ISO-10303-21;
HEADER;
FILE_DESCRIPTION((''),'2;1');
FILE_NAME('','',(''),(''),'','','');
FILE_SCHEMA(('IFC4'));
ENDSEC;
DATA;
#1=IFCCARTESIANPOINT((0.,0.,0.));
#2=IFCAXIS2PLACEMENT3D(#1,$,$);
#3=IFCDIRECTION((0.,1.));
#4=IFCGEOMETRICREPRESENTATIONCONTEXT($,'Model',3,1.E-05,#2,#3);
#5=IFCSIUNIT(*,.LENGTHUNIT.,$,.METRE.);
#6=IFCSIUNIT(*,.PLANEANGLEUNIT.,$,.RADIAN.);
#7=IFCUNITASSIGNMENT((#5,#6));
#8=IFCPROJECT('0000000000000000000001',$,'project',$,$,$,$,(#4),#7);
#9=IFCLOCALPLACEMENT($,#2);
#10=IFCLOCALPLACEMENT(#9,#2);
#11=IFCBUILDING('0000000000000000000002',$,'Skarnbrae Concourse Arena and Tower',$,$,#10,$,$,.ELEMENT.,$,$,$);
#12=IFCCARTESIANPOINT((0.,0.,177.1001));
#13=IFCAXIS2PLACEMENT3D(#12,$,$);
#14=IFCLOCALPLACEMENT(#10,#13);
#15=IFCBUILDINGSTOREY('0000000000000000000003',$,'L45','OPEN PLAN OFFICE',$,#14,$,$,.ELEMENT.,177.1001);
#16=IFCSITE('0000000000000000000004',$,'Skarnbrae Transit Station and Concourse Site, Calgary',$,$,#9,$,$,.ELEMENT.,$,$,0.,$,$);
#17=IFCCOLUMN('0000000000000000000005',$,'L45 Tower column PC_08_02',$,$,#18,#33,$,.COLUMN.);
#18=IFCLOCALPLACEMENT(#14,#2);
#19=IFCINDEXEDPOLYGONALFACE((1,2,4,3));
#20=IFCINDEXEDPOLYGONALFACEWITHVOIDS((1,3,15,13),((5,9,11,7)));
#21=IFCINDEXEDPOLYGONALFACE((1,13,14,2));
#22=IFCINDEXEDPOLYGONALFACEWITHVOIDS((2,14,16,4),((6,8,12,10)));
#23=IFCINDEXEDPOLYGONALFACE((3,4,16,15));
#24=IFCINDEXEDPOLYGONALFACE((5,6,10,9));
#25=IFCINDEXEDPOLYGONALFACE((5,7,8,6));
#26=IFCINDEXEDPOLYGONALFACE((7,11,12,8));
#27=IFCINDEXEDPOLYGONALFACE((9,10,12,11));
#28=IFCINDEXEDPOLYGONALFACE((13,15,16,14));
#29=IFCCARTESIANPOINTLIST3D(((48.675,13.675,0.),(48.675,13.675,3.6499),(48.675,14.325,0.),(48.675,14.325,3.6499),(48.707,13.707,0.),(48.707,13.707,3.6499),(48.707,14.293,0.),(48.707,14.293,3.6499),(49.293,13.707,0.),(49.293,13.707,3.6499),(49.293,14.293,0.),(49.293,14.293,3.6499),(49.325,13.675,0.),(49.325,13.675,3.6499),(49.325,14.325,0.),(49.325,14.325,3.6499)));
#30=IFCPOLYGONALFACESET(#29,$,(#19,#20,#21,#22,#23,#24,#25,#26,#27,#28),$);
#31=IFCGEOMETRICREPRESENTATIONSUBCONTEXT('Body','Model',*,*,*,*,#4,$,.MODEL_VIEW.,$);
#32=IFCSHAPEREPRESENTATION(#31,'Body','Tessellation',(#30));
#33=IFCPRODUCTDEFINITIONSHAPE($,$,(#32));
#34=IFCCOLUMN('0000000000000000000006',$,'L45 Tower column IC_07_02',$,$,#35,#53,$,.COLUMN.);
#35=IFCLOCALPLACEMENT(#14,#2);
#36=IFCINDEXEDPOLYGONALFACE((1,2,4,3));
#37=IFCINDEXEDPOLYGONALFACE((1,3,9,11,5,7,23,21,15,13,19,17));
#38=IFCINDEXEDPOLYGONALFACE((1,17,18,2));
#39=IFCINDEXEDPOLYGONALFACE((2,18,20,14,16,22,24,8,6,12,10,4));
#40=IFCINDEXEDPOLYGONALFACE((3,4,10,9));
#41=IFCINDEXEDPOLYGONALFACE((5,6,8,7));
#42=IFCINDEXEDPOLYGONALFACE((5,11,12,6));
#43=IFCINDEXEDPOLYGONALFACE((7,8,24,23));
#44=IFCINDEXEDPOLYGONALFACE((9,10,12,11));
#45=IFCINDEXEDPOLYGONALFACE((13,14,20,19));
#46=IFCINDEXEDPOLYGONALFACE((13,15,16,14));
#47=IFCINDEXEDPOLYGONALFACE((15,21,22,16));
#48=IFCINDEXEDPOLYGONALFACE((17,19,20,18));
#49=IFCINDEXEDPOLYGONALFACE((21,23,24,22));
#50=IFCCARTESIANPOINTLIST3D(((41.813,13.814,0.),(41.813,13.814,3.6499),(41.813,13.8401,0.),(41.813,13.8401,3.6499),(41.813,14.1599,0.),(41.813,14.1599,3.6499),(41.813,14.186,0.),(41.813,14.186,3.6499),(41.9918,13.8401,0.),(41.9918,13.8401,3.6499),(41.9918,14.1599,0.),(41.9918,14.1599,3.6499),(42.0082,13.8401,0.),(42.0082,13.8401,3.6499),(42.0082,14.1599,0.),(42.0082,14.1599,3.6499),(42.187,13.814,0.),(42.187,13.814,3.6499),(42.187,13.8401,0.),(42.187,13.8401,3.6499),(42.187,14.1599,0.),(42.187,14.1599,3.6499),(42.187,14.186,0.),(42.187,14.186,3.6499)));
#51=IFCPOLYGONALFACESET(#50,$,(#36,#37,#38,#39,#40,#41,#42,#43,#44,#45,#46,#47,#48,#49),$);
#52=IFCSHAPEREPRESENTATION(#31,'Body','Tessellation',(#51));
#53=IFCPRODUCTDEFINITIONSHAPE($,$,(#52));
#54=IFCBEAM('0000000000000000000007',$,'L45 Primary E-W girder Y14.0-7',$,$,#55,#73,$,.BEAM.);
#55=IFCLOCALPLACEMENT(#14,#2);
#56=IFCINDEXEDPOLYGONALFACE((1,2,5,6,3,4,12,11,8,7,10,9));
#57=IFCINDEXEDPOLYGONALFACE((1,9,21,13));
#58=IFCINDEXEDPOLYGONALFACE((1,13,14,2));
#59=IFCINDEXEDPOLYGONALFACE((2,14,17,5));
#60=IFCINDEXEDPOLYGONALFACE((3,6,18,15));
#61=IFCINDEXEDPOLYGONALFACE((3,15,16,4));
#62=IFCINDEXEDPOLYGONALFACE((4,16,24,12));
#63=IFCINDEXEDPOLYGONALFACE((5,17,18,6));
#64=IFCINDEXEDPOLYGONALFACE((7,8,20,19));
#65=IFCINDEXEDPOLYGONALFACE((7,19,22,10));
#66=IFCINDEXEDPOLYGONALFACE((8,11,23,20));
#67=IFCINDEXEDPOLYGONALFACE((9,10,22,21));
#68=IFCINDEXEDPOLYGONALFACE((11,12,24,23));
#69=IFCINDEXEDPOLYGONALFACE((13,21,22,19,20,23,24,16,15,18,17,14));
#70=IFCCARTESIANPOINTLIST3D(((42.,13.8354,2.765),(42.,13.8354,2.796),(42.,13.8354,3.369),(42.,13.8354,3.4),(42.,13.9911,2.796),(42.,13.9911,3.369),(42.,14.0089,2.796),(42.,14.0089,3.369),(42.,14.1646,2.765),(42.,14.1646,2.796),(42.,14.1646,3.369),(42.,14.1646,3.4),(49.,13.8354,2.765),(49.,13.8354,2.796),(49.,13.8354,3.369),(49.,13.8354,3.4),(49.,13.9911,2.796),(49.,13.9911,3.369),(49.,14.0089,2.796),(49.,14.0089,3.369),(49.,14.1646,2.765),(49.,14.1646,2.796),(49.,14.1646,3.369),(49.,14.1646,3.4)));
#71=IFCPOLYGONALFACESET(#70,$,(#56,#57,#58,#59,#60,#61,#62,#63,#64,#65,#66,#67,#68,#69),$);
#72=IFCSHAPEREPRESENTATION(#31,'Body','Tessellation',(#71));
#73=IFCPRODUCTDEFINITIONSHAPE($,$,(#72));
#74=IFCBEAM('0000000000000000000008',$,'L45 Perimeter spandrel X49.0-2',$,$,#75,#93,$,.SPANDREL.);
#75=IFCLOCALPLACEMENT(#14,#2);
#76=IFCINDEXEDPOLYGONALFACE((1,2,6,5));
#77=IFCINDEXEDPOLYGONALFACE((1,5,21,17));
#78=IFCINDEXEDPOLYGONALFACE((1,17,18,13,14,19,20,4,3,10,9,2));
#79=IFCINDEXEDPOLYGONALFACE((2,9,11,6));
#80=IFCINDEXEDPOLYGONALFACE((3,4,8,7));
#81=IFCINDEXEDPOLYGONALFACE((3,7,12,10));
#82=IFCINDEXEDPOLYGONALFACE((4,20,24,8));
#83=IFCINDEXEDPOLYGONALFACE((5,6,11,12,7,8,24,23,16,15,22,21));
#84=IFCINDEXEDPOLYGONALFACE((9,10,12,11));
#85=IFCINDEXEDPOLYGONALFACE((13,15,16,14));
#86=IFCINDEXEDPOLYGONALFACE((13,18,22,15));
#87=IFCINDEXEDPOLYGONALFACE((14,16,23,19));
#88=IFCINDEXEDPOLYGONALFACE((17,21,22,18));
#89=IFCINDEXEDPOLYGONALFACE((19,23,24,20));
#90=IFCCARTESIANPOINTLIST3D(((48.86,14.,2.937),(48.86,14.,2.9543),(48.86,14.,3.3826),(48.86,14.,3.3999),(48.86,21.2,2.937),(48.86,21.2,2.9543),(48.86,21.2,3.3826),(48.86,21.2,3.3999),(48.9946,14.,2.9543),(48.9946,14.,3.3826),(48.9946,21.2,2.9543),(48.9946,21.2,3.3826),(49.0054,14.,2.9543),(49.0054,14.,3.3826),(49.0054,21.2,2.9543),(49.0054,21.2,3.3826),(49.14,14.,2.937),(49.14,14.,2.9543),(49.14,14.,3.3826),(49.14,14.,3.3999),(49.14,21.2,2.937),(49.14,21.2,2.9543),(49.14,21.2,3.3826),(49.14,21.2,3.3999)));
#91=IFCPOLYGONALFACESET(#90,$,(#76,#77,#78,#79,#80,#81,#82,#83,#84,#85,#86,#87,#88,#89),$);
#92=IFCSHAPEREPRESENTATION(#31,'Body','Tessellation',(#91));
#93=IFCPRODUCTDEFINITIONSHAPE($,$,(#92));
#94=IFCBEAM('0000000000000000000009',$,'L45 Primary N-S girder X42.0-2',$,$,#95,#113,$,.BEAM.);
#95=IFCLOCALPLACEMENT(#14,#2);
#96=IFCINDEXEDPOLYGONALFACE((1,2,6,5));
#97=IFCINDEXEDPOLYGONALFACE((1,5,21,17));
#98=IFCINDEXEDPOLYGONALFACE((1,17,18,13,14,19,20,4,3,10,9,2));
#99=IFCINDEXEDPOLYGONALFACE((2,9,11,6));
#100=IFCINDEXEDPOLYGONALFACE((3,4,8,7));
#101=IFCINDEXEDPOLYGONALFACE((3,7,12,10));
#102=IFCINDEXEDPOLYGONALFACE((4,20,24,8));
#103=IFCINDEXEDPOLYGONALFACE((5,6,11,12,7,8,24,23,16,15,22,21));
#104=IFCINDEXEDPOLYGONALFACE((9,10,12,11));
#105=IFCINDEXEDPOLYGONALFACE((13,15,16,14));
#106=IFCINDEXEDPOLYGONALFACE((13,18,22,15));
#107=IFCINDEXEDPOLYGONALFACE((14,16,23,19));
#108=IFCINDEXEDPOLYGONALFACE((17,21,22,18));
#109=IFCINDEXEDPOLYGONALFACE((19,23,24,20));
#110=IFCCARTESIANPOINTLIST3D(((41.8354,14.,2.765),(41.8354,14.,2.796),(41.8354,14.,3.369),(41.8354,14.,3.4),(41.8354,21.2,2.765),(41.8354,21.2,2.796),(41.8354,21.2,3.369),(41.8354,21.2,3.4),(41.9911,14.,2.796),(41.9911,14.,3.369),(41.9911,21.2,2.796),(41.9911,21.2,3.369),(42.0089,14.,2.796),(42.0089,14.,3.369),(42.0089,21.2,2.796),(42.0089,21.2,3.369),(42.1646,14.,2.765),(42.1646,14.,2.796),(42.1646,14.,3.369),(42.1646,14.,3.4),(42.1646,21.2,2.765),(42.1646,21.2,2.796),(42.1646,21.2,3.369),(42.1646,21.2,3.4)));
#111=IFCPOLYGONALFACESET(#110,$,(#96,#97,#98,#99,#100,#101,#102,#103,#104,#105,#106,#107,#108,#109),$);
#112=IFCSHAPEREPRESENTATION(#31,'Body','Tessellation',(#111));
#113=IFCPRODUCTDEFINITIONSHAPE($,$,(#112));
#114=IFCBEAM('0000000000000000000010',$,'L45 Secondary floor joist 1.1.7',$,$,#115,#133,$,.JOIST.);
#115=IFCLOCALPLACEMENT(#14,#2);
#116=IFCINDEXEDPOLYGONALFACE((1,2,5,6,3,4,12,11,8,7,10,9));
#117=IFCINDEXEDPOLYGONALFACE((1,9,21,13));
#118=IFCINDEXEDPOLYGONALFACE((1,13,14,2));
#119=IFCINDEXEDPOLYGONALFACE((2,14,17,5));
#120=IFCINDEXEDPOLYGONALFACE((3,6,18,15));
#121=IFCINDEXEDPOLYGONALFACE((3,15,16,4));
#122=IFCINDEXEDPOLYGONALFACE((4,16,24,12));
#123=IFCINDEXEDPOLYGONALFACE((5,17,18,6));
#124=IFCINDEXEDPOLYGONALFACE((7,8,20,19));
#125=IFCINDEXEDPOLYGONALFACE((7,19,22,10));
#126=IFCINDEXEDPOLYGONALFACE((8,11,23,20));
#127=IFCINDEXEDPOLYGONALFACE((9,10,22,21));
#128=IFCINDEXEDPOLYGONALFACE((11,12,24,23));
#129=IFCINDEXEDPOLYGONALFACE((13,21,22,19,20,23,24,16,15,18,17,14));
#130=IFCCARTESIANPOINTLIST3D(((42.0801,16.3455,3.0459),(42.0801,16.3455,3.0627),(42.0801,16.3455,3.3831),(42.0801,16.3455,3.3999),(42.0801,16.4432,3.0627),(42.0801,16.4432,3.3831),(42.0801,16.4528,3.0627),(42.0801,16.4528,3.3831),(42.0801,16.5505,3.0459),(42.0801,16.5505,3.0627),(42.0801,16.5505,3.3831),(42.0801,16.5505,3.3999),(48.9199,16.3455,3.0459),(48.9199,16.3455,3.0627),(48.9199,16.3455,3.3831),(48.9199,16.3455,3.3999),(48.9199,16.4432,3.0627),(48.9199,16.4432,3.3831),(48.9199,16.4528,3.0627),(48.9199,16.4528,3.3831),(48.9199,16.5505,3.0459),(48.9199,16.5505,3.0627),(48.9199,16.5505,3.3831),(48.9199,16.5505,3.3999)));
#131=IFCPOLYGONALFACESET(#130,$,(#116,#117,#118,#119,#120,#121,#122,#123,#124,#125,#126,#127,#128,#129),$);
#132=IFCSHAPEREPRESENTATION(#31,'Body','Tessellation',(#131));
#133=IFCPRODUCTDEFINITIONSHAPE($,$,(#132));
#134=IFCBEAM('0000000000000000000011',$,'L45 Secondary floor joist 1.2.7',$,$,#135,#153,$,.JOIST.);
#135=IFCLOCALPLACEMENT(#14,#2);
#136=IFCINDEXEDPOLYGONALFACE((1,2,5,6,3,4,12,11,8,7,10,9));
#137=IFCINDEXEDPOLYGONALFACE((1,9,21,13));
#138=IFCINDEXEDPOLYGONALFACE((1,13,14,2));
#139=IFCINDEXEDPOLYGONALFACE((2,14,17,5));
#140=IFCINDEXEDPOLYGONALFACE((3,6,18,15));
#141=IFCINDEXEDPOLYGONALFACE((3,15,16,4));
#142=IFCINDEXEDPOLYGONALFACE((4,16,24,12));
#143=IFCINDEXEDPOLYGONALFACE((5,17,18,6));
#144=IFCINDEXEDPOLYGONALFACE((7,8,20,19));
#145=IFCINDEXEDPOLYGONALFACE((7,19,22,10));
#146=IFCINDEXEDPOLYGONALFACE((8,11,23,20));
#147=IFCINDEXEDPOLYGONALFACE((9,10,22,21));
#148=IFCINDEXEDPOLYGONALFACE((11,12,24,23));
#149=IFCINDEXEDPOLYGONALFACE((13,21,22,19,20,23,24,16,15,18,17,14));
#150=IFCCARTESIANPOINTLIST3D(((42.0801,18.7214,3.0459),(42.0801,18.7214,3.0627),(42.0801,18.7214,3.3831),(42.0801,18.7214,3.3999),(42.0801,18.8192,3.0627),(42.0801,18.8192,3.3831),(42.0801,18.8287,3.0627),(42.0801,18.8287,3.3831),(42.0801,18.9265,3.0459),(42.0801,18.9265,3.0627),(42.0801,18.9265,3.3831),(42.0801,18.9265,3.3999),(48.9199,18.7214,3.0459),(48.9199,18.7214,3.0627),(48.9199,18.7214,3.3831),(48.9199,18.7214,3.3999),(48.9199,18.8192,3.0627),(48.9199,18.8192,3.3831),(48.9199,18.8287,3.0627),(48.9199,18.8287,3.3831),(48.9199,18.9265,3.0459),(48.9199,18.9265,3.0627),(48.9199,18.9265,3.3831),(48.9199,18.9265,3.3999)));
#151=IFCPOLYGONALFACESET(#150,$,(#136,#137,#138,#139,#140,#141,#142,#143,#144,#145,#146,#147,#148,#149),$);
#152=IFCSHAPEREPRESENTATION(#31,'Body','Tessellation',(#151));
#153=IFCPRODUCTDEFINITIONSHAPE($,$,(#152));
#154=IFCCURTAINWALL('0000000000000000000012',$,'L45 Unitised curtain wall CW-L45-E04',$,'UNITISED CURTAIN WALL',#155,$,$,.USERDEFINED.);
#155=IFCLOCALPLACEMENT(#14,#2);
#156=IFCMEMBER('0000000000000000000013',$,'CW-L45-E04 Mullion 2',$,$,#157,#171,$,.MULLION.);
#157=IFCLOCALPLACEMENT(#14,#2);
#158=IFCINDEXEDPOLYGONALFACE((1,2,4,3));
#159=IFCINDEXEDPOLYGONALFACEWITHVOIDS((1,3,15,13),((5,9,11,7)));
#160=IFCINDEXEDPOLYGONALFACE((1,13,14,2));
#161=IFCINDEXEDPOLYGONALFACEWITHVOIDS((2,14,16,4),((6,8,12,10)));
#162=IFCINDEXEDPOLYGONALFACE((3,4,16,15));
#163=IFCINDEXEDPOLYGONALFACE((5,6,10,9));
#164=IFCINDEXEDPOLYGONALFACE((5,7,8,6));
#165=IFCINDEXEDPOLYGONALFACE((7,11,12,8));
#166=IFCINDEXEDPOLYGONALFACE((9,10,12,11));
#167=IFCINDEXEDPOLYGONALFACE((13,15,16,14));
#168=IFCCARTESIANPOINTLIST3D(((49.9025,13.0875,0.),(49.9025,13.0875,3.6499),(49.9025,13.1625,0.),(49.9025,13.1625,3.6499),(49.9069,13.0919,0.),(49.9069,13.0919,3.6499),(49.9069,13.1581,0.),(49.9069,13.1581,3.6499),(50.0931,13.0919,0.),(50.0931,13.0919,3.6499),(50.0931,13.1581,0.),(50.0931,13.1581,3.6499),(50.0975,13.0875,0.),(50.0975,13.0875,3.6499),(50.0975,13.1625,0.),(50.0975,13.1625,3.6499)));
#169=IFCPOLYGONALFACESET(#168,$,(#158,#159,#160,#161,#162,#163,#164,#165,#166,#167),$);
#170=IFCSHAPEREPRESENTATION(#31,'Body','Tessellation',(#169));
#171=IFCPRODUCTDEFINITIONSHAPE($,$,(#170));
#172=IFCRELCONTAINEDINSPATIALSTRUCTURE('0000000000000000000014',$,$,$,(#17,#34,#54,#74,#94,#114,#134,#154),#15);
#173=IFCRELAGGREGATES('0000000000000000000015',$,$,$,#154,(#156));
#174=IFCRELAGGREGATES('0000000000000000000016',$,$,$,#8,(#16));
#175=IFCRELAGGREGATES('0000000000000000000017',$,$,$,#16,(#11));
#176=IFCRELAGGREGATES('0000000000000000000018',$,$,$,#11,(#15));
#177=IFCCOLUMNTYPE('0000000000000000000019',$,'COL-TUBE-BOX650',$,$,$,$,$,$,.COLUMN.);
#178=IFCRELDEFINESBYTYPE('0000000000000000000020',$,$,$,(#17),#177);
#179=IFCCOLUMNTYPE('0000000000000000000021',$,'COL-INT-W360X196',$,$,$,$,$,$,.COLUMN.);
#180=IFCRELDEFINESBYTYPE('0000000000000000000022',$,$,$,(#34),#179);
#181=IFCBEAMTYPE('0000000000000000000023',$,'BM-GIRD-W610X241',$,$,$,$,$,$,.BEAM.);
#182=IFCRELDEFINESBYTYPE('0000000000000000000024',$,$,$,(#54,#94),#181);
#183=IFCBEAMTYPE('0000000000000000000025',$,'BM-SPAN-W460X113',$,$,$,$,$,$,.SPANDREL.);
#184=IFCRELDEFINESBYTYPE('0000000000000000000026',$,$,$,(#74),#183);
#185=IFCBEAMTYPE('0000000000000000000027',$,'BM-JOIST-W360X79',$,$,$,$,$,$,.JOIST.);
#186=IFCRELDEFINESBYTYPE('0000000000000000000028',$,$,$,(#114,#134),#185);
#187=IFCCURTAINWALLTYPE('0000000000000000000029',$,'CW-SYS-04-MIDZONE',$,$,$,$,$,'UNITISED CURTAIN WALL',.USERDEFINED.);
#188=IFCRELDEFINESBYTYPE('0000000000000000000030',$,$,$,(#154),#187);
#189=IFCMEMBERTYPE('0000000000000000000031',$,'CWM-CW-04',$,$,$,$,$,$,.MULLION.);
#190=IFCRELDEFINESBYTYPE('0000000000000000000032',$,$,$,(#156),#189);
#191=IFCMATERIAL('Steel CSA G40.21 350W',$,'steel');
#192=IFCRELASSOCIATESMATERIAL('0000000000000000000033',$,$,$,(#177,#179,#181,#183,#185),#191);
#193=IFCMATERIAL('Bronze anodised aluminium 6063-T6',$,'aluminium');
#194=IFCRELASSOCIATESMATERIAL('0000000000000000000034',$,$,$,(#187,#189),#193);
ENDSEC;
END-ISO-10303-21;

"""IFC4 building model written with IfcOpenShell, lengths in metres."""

from ifc_helpers import new_model, si_unit, direction, frame, origin, origin_2d, place, context, subcontext, project, spatial, hollow_rectangle, i_section, extrude, source, transform, mapped, material, material_profile, profile_set, type_object, element, aggregate, save


model = new_model("IFC4")

# Units and contexts
model_context = context("Model", 3, precision=1e-05, world=origin(), true_north=direction((0.0, 1.0)))
body_context = subcontext(model_context, "Body", "Model", "MODEL_VIEW")
ifc_project = project(units=[si_unit("LENGTHUNIT", "METRE"), si_unit("PLANEANGLEUNIT", "RADIAN")], contexts=[model_context])

# Site, building, storey
site_placement = place(None, origin())
site = spatial("IfcSite", under=ifc_project, at=site_placement, Name="Skarnbrae Transit Station and Concourse Site, Calgary", CompositionType="ELEMENT", RefElevation=0.0)
building_placement = place(site_placement, origin())
building = spatial("IfcBuilding", under=site, at=building_placement, Name="Skarnbrae Concourse Arena and Tower", CompositionType="ELEMENT")
storey_placement = place(building_placement, frame((0.0, 0.0, 177.1001)))
storey = spatial("IfcBuildingStorey", under=building, at=storey_placement, Name="L45", Description="OPEN PLAN OFFICE", CompositionType="ELEMENT", Elevation=177.1001)

# Columns
ifc_material_1 = material(Name="Steel CSA G40.21 350W", Category="steel")
ifc_material_profile_1 = material_profile(ifc_material_1, hollow_rectangle(XDim=0.6499, YDim=0.6499, WallThickness=0.032, at=origin_2d()), Name="BOX650X650X32")
ifc_profile_set_1 = profile_set([ifc_material_profile_1], Name="Steel CSA G40.21 350W")
column_type_1 = type_object("IfcColumnType", Name="COL-TUBE-BOX650", PredefinedType="COLUMN", material=ifc_profile_set_1)
shared_shape_1 = source(origin(), body_context, "Body", "SweptSolid", [
    extrude(hollow_rectangle(XDim=0.6499, YDim=0.6499, WallThickness=0.032, at=origin_2d()), origin(), (0.0, 0.0, 1.0), 3.6499),
])
column_1_placement = place(storey_placement, frame((49.0, 14.0, 0.0), z_axis=(0.0, 0.0, 1.0), x_axis=(1.0, 0.0, 0.0)))
element("IfcColumn", 1, at=column_1_placement, inside=storey, type_object=column_type_1, Name="L45 Tower column PC_08_02", PredefinedType="COLUMN", context=body_context, shape_type="MappedRepresentation", body=[
    mapped(shared_shape_1, transform((0.0, 0.0, 0.0))),
])
ifc_material_profile_2 = material_profile(ifc_material_1, i_section(OverallWidth=0.374, OverallDepth=0.3721, WebThickness=0.0164, FlangeThickness=0.0261, at=origin_2d()), Name="W360X196")
ifc_profile_set_2 = profile_set([ifc_material_profile_2], Name="Steel CSA G40.21 350W")
column_type_2 = type_object("IfcColumnType", Name="COL-INT-W360X196", PredefinedType="COLUMN", material=ifc_profile_set_2)
shared_shape_2 = source(origin(), body_context, "Body", "SweptSolid", [
    extrude(i_section(OverallWidth=0.374, OverallDepth=0.3721, WebThickness=0.0164, FlangeThickness=0.0261, at=origin_2d()), origin(), (0.0, 0.0, 1.0), 3.6499),
])
column_2_placement = place(storey_placement, frame((42.0, 14.0, 0.0), z_axis=(0.0, 0.0, 1.0), x_axis=(1.0, 0.0, 0.0)))
element("IfcColumn", 2, at=column_2_placement, inside=storey, type_object=column_type_2, Name="L45 Tower column IC_07_02", PredefinedType="COLUMN", context=body_context, shape_type="MappedRepresentation", body=[
    mapped(shared_shape_2, transform((0.0, 0.0, 0.0))),
])

# Beams
ifc_material_profile_3 = material_profile(ifc_material_1, i_section(OverallWidth=0.3291, OverallDepth=0.635, WebThickness=0.0178, FlangeThickness=0.031, at=origin_2d()), Name="W610X241")
ifc_profile_set_3 = profile_set([ifc_material_profile_3], Name="Steel CSA G40.21 350W")
beam_type_1 = type_object("IfcBeamType", Name="BM-GIRD-W610X241", PredefinedType="BEAM", material=ifc_profile_set_3)
shared_shape_3 = source(origin(), body_context, "Body", "SweptSolid", [
    extrude(i_section(OverallWidth=0.3291, OverallDepth=0.635, WebThickness=0.0178, FlangeThickness=0.031, at=origin_2d()), origin(), (0.0, 0.0, 1.0), 7.0),
])
beam_1_placement = place(storey_placement, frame((42.0, 14.0, 3.0825), z_axis=(1.0, 0.0, 0.0), x_axis=(0.0, 1.0, 0.0)))
element("IfcBeam", 3, at=beam_1_placement, inside=storey, type_object=beam_type_1, Name="L45 Primary E-W girder Y14.0-7", PredefinedType="BEAM", context=body_context, shape_type="MappedRepresentation", body=[
    mapped(shared_shape_3, transform((0.0, 0.0, 0.0))),
])
ifc_material_profile_4 = material_profile(ifc_material_1, i_section(OverallWidth=0.28, OverallDepth=0.4629, WebThickness=0.0107, FlangeThickness=0.0173, at=origin_2d()), Name="W460X113")
ifc_profile_set_4 = profile_set([ifc_material_profile_4], Name="Steel CSA G40.21 350W")
beam_type_2 = type_object("IfcBeamType", Name="BM-SPAN-W460X113", PredefinedType="SPANDREL", material=ifc_profile_set_4)
shared_shape_4 = source(origin(), body_context, "Body", "SweptSolid", [
    extrude(i_section(OverallWidth=0.28, OverallDepth=0.4629, WebThickness=0.0107, FlangeThickness=0.0173, at=origin_2d()), origin(), (0.0, 0.0, 1.0), 7.2),
])
beam_2_placement = place(storey_placement, frame((49.0, 14.0, 3.1685), z_axis=(0.0, 1.0, 0.0), x_axis=(-1.0, 0.0, 0.0)))
element("IfcBeam", 4, at=beam_2_placement, inside=storey, type_object=beam_type_2, Name="L45 Perimeter spandrel X49.0-2", PredefinedType="SPANDREL", context=body_context, shape_type="MappedRepresentation", body=[
    mapped(shared_shape_4, transform((0.0, 0.0, 0.0))),
])
shared_shape_5 = source(origin(), body_context, "Body", "SweptSolid", [
    extrude(i_section(OverallWidth=0.3291, OverallDepth=0.635, WebThickness=0.0178, FlangeThickness=0.031, at=origin_2d()), origin(), (0.0, 0.0, 1.0), 7.2),
])
beam_3_placement = place(storey_placement, frame((42.0, 14.0, 3.0825), z_axis=(0.0, 1.0, 0.0), x_axis=(-1.0, 0.0, 0.0)))
element("IfcBeam", 5, at=beam_3_placement, inside=storey, type_object=beam_type_1, Name="L45 Primary N-S girder X42.0-2", PredefinedType="BEAM", context=body_context, shape_type="MappedRepresentation", body=[
    mapped(shared_shape_5, transform((0.0, 0.0, 0.0))),
])
ifc_material_profile_5 = material_profile(ifc_material_1, i_section(OverallWidth=0.2051, OverallDepth=0.354, WebThickness=0.0095, FlangeThickness=0.0168, at=origin_2d()), Name="W360X79")
ifc_profile_set_5 = profile_set([ifc_material_profile_5], Name="Steel CSA G40.21 350W")
beam_type_3 = type_object("IfcBeamType", Name="BM-JOIST-W360X79", PredefinedType="JOIST", material=ifc_profile_set_5)
shared_shape_6 = source(origin(), body_context, "Body", "SweptSolid", [
    extrude(i_section(OverallWidth=0.2051, OverallDepth=0.354, WebThickness=0.0095, FlangeThickness=0.0168, at=origin_2d()), origin(), (0.0, 0.0, 1.0), 6.8398),
])
for number, where, z_axis, x_axis, name in (
    (6, (42.0801, 16.448, 3.2229), (1.0, 0.0, 0.0), (0.0, 1.0, 0.0), "L45 Secondary floor joist 1.1.7"),
    (7, (42.0801, 18.824, 3.2229), (1.0, 0.0, 0.0), (0.0, 1.0, 0.0), "L45 Secondary floor joist 1.2.7"),
):
    element("IfcBeam", number, at=place(storey_placement, frame(where, z_axis=z_axis, x_axis=x_axis)), inside=storey, type_object=beam_type_3, Name=name, PredefinedType="JOIST", context=body_context, shape_type="MappedRepresentation", body=[
        mapped(shared_shape_6, transform((0.0, 0.0, 0.0))),
    ])

# Curtain wall, member
ifc_material_2 = material(Name="Bronze anodised aluminium 6063-T6", Category="aluminium")
curtain_wall_type = type_object("IfcCurtainWallType", Name="CW-SYS-04-MIDZONE", ElementType="UNITISED CURTAIN WALL", PredefinedType="USERDEFINED", material=ifc_material_2)
curtain_wall_placement = place(storey_placement, origin())
curtain_wall = element("IfcCurtainWall", 8, at=curtain_wall_placement, inside=storey, type_object=curtain_wall_type, Name="L45 Unitised curtain wall CW-L45-E04", ObjectType="UNITISED CURTAIN WALL", PredefinedType="USERDEFINED")
ifc_material_profile_6 = material_profile(ifc_material_2, hollow_rectangle(XDim=0.075, YDim=0.1951, WallThickness=0.0044, at=origin_2d()), Name="ALU-MULL-75X195")
ifc_profile_set_6 = profile_set([ifc_material_profile_6], Name="Bronze anodised aluminium 6063-T6")
member_type_1 = type_object("IfcMemberType", Name="CWM-CW-04", PredefinedType="MULLION", material=ifc_profile_set_6)
shared_shape_7 = source(origin(), body_context, "Body", "SweptSolid", [
    extrude(hollow_rectangle(XDim=0.075, YDim=0.1951, WallThickness=0.0044, at=origin_2d()), origin(), (0.0, 0.0, 1.0), 3.6499),
])
member_1_placement = place(storey_placement, frame((50.0, 13.125, 0.0), z_axis=(0.0, 0.0, 1.0), x_axis=(0.0, 1.0, 0.0)))
member_1 = element("IfcMember", 9, at=member_1_placement, type_object=member_type_1, Name="CW-L45-E04 Mullion 2", PredefinedType="MULLION", context=body_context, shape_type="MappedRepresentation", body=[
    mapped(shared_shape_7, transform((0.0, 0.0, 0.0))),
])
aggregate(curtain_wall, [member_1])

save(model, "model.ifc")
